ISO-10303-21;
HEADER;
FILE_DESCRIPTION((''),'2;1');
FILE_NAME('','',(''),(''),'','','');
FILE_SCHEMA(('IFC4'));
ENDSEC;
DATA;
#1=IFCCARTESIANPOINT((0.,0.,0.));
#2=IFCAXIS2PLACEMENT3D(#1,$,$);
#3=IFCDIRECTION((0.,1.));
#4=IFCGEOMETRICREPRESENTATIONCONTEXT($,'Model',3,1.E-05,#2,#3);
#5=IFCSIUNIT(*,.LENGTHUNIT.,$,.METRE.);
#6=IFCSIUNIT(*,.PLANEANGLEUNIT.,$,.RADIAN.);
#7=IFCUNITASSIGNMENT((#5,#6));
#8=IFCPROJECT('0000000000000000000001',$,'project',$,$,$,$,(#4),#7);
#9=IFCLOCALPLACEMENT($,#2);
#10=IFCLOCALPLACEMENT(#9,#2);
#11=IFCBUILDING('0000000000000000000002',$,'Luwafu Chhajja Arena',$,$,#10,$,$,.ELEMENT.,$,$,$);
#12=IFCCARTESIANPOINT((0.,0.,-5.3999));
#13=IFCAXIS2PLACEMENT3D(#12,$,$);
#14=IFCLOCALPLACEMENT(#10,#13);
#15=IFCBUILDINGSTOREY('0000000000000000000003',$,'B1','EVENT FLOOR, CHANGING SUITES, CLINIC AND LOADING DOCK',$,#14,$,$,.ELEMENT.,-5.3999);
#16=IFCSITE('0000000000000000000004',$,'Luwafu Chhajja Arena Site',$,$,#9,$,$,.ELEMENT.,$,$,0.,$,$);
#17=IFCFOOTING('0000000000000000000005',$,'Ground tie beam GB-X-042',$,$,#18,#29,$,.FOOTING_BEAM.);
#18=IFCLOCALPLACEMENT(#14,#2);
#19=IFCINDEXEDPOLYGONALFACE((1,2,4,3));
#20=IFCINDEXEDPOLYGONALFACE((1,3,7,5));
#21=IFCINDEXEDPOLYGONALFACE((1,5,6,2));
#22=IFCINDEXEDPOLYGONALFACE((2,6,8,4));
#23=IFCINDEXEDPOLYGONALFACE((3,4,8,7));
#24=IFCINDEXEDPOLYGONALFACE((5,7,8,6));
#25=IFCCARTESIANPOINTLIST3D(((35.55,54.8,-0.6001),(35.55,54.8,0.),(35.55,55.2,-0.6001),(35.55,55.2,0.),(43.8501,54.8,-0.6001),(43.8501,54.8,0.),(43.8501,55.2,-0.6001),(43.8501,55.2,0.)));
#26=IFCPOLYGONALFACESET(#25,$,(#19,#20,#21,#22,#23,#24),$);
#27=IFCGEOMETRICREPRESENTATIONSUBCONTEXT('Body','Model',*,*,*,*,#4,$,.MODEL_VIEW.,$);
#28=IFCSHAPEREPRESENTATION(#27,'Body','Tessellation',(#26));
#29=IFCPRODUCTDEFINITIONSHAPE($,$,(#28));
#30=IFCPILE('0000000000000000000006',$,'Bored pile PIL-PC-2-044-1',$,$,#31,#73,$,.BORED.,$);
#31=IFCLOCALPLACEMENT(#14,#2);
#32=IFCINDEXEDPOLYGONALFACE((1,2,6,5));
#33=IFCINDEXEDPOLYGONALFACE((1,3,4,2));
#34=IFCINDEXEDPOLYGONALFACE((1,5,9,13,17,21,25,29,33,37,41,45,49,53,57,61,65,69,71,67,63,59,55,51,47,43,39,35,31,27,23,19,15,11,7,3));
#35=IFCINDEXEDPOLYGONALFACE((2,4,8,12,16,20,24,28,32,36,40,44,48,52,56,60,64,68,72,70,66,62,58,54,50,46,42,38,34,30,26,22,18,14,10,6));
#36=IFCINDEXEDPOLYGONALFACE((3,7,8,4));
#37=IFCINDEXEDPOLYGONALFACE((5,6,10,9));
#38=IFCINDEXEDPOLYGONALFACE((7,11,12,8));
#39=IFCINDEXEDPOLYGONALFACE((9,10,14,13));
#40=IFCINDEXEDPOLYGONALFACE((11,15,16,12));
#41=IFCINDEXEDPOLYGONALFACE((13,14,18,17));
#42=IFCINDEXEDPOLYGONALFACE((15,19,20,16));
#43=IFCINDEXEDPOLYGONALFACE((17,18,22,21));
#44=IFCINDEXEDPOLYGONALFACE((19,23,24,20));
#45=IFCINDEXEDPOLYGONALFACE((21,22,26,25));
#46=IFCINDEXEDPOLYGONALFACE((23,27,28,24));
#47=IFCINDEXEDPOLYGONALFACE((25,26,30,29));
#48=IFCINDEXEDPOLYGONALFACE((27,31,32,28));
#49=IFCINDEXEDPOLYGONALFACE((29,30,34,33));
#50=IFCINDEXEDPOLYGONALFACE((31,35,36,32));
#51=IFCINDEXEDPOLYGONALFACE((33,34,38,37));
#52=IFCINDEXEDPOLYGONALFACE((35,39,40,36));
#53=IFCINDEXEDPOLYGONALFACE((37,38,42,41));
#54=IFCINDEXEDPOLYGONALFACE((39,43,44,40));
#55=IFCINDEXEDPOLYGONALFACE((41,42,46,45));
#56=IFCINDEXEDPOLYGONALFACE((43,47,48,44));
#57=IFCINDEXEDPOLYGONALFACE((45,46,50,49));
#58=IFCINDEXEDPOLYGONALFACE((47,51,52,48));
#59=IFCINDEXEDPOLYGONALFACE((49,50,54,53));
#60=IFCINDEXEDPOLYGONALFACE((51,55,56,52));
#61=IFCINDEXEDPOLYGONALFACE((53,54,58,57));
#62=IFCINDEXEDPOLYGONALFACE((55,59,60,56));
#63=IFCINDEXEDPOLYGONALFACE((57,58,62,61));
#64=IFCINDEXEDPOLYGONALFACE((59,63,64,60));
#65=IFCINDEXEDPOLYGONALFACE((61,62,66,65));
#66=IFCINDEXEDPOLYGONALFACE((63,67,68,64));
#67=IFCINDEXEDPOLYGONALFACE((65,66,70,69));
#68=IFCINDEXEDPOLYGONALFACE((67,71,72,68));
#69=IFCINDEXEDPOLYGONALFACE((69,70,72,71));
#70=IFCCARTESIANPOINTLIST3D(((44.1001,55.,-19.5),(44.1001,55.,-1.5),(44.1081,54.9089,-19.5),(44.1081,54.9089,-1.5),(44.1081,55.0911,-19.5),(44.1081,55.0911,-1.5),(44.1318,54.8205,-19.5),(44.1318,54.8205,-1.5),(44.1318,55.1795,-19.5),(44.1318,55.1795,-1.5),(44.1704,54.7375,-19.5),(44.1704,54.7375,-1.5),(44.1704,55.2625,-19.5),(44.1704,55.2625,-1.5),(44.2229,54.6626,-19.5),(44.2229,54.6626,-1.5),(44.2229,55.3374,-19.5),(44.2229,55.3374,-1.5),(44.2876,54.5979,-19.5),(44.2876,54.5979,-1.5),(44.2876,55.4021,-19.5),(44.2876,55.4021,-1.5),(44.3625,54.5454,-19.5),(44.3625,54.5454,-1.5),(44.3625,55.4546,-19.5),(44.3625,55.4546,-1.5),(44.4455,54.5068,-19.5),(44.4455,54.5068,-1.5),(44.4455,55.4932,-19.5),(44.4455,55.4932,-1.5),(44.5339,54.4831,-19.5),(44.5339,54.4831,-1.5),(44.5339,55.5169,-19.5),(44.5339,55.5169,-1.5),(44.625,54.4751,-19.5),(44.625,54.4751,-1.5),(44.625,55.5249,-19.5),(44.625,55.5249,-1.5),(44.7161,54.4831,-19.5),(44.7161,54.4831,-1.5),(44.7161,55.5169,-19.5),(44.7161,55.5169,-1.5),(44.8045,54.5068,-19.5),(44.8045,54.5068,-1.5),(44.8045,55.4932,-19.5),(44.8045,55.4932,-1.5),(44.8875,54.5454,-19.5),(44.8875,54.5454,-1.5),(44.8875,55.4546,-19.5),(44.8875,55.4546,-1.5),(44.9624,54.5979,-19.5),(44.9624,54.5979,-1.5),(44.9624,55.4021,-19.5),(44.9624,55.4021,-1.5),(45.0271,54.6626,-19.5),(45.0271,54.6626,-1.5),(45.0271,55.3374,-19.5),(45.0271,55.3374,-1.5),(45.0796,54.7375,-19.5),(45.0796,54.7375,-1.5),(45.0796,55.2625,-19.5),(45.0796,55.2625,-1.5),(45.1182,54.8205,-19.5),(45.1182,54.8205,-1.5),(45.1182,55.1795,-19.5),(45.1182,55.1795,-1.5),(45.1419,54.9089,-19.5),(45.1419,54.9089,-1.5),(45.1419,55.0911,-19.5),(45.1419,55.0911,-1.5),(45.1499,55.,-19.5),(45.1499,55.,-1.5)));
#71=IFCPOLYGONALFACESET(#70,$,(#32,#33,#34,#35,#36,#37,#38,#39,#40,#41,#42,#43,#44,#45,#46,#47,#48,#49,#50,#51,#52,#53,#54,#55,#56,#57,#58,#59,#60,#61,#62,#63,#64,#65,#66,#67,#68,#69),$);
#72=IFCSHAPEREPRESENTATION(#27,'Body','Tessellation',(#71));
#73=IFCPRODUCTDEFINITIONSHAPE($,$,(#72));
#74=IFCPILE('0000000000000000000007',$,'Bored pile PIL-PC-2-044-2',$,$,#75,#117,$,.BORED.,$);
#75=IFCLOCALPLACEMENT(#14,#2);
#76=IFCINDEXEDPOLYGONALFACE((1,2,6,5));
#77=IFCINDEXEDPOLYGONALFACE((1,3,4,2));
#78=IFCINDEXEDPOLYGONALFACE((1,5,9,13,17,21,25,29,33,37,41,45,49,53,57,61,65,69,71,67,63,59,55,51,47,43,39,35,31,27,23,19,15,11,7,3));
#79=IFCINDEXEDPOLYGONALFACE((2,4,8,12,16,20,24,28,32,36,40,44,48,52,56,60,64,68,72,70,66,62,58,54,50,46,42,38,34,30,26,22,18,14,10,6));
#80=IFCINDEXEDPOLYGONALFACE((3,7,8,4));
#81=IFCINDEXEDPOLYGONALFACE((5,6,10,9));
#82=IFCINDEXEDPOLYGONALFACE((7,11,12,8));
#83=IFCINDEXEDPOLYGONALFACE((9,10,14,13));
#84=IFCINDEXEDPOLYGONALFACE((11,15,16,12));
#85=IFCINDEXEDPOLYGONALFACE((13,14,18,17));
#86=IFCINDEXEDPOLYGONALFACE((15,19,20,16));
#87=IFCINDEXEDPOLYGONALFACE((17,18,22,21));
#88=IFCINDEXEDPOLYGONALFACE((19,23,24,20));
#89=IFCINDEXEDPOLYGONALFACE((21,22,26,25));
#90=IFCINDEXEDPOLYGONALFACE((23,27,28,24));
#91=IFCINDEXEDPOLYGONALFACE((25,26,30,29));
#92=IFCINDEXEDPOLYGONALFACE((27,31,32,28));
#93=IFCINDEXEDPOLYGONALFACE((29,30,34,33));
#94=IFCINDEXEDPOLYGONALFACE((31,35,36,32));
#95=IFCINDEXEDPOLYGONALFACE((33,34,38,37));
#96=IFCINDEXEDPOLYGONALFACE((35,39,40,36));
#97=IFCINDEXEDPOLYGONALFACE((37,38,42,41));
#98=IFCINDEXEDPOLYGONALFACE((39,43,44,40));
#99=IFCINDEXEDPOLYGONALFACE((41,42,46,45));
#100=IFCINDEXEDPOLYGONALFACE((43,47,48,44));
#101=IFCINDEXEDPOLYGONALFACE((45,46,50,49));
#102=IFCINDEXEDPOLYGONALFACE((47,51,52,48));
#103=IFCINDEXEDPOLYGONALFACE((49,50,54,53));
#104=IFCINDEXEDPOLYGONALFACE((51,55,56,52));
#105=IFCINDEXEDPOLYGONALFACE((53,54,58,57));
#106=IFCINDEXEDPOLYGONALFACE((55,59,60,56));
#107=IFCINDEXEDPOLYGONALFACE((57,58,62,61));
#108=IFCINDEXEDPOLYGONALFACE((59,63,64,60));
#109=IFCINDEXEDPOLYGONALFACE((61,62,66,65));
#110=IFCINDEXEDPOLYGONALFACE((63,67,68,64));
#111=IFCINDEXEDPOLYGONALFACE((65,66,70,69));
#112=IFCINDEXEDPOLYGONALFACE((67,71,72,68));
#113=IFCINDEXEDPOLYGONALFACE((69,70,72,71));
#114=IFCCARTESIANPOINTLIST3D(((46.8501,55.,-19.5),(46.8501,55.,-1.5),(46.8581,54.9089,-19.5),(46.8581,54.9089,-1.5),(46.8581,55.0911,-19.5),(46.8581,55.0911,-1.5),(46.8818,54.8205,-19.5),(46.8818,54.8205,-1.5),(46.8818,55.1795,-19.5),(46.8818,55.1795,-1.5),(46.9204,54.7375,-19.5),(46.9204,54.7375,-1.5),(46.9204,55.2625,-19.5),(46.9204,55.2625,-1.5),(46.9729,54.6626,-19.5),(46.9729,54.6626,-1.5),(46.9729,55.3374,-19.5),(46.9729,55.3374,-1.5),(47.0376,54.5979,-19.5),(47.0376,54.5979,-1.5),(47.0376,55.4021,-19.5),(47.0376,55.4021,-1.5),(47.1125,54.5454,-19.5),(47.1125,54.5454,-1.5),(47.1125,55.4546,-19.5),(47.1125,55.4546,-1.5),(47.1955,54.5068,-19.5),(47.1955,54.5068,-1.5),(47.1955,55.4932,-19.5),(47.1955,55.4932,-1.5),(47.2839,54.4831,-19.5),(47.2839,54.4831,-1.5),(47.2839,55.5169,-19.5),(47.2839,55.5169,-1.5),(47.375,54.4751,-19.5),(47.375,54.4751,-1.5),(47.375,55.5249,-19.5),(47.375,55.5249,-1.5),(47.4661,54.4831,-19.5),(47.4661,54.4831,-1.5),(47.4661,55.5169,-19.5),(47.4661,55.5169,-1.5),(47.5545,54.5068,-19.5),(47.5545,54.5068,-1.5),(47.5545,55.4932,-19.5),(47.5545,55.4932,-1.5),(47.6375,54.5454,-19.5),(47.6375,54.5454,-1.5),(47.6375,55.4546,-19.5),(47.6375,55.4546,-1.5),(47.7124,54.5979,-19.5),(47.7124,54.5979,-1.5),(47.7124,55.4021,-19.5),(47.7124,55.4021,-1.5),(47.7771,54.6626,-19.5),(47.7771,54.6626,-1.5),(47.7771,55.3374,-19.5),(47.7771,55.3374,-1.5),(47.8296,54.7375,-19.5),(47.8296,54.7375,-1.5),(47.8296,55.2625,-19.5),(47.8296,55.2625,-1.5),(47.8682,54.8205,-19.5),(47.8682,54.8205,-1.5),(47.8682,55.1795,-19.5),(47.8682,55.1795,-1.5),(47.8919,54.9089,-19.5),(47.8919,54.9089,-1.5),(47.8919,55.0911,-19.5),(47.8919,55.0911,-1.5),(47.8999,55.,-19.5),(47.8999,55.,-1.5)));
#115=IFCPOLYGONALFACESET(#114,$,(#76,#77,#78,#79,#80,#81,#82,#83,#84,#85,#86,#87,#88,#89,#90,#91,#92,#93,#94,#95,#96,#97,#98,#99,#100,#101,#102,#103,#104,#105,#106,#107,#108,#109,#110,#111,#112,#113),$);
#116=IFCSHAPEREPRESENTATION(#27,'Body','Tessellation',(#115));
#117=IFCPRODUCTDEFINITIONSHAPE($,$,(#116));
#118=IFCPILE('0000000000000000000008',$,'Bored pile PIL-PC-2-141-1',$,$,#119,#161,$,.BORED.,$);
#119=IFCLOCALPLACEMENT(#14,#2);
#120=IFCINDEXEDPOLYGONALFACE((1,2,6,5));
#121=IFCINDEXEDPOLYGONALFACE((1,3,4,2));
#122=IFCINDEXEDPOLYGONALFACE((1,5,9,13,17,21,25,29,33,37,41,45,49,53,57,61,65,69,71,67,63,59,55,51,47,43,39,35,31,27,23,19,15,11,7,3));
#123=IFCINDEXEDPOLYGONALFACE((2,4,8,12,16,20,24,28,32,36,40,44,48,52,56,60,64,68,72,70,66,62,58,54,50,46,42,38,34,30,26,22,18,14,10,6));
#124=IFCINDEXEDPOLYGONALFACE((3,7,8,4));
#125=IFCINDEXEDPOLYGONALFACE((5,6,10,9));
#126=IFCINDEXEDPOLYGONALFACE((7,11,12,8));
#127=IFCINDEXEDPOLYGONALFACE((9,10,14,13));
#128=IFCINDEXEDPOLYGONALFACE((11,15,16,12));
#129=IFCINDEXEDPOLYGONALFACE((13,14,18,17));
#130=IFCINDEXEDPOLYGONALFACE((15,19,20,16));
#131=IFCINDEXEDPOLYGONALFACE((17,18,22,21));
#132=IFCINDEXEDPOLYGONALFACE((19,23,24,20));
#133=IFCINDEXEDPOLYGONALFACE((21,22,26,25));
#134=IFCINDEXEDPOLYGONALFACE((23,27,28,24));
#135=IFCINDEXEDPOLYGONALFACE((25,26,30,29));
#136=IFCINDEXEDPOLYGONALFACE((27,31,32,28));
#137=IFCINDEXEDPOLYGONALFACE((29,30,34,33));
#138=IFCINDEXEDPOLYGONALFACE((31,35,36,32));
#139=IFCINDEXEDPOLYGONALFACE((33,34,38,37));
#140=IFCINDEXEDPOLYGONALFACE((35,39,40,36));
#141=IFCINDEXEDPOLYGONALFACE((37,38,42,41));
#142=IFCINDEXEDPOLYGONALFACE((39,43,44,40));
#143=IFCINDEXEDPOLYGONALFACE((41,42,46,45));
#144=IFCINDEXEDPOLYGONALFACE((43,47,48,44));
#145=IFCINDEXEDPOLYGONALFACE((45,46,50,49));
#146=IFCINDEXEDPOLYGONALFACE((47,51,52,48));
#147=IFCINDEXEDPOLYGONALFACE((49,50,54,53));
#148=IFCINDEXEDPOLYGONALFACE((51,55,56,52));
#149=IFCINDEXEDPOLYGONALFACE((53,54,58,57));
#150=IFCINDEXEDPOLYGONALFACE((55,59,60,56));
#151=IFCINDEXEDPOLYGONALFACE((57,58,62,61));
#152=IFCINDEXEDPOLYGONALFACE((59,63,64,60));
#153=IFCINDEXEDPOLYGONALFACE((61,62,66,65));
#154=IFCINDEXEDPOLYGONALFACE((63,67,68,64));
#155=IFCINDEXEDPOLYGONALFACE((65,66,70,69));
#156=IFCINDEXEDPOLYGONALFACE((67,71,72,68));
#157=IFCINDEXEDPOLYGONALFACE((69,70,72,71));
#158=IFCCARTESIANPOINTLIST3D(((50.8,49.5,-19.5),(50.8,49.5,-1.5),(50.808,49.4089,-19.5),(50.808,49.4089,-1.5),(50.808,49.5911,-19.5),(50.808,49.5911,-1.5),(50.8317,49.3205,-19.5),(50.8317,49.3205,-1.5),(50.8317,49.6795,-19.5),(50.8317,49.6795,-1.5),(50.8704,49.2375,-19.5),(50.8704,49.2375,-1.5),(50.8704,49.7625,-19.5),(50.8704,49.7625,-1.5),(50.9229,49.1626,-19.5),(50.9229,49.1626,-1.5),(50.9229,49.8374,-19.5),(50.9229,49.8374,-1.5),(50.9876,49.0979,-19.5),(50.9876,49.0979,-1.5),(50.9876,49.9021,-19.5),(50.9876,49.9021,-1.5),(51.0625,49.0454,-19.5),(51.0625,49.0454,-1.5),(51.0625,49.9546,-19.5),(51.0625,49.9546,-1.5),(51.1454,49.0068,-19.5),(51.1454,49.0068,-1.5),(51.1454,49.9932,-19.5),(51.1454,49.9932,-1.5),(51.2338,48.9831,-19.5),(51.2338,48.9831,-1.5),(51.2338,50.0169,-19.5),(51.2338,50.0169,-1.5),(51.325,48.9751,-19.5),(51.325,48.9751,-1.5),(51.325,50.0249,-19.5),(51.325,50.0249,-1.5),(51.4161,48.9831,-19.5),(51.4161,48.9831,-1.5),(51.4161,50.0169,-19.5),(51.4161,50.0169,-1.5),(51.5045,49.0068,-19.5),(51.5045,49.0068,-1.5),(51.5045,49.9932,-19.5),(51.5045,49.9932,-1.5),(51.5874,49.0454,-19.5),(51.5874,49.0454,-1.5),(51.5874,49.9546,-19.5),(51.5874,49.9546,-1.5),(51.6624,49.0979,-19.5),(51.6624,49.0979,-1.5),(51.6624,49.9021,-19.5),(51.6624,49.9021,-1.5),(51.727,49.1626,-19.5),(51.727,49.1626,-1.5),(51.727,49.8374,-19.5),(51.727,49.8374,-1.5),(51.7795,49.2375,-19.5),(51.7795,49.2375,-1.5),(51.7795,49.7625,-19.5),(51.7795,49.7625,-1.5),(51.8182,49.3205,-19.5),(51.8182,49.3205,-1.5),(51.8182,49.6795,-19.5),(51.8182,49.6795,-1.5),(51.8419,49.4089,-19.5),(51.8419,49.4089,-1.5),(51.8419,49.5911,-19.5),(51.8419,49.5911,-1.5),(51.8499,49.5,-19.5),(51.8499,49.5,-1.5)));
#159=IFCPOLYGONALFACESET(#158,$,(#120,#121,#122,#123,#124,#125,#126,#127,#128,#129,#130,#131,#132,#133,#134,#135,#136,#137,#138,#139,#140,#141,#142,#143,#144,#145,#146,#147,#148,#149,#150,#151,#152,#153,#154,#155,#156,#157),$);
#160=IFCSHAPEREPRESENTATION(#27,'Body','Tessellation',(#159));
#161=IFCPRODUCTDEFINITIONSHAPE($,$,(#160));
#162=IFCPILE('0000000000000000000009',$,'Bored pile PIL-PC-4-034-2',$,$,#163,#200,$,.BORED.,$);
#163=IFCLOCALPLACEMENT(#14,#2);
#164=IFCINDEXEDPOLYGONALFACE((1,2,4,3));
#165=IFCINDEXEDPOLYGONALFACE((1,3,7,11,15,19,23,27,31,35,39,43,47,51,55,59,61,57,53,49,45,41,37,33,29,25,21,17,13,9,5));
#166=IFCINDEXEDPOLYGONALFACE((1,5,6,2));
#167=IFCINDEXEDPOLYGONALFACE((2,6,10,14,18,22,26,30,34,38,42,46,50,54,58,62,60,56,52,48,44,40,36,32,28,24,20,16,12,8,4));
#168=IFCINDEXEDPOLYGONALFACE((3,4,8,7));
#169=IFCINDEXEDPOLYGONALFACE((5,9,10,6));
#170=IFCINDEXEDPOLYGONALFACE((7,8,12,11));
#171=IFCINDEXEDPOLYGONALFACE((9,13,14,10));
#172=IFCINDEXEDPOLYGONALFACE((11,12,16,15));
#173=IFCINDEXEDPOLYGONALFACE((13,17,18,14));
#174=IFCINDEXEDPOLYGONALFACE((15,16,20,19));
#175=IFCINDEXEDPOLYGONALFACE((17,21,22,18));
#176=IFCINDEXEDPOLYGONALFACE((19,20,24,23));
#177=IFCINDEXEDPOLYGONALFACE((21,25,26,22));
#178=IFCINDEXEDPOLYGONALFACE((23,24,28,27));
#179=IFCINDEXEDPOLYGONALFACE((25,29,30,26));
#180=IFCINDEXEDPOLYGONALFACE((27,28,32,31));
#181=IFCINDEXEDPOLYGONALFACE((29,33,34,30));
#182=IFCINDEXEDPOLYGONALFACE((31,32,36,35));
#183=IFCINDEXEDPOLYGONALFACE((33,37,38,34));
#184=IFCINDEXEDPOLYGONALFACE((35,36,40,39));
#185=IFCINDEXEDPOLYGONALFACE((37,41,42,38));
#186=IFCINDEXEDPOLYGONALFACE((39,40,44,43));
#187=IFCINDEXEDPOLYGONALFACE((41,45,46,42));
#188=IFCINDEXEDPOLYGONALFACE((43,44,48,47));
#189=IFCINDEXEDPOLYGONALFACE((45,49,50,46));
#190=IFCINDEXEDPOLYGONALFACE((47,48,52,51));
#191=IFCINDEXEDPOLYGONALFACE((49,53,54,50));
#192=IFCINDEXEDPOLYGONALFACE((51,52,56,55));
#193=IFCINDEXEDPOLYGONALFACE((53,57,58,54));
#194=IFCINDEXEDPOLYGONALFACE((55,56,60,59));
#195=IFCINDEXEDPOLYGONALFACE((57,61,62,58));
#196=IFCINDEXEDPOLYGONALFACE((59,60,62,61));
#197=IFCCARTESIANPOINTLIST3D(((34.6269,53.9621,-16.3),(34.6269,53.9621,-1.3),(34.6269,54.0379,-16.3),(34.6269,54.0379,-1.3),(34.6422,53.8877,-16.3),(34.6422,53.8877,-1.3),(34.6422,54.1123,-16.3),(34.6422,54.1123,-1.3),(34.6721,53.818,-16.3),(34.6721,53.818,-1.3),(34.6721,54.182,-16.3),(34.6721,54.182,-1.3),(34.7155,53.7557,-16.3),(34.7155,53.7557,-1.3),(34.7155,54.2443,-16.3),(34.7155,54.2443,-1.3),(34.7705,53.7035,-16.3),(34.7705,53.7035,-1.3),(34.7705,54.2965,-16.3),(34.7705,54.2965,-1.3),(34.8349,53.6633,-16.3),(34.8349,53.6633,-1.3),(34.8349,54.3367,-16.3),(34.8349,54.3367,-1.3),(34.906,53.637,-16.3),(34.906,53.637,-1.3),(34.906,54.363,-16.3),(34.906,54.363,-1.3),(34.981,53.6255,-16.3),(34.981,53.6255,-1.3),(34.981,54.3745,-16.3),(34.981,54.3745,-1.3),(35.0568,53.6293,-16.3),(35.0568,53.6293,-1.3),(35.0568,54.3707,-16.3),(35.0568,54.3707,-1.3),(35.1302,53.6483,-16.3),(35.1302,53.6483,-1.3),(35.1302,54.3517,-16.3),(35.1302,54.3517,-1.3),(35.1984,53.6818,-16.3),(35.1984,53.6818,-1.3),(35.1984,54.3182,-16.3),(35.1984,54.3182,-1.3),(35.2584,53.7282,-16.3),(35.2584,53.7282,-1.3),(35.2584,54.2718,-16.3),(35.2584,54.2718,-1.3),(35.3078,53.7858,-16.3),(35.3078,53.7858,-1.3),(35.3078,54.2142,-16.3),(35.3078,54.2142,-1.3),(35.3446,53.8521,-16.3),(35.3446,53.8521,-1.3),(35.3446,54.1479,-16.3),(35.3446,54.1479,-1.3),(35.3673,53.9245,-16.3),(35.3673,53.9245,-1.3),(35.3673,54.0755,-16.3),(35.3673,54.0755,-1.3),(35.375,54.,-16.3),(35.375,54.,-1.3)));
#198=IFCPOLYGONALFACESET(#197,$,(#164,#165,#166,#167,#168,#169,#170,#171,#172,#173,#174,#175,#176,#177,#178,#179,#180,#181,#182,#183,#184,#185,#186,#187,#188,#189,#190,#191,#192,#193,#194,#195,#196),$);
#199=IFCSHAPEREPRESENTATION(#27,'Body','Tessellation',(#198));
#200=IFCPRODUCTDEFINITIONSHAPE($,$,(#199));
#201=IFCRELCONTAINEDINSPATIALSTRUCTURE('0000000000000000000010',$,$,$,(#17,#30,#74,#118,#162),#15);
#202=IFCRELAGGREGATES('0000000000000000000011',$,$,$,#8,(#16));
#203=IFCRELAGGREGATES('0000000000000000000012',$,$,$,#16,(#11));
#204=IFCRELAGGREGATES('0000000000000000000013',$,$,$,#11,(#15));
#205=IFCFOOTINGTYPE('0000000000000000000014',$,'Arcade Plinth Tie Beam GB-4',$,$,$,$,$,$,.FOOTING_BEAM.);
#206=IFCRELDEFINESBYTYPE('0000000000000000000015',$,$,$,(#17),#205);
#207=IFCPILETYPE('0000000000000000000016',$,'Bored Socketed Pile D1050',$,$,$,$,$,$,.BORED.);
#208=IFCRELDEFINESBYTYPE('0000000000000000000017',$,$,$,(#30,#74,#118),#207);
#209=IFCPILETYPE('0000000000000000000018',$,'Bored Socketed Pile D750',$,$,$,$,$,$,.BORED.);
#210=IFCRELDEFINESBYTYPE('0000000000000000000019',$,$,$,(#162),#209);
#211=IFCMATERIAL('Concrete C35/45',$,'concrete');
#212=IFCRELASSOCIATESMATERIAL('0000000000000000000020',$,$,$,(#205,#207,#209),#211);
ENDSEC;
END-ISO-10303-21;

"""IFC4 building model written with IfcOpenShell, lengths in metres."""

from ifc_helpers import new_model, si_unit, direction, frame, origin, origin_2d, place, context, subcontext, project, spatial, rectangle, circle, extrude, material, material_profile, profile_set, type_object, element, save


model = new_model("IFC4")

# Units and contexts
model_context = context("Model", 3, precision=1e-05, world=origin(), true_north=direction((0.0, 1.0)))
body_context = subcontext(model_context, "Body", "Model", "MODEL_VIEW")
ifc_project = project(units=[si_unit("LENGTHUNIT", "METRE"), si_unit("PLANEANGLEUNIT", "RADIAN")], contexts=[model_context])

# Site, building, storey
site_placement = place(None, origin())
site = spatial("IfcSite", under=ifc_project, at=site_placement, Name="Luwafu Chhajja Arena Site", CompositionType="ELEMENT", RefElevation=0.0)
building_placement = place(site_placement, origin())
building = spatial("IfcBuilding", under=site, at=building_placement, Name="Luwafu Chhajja Arena", CompositionType="ELEMENT")
storey_placement = place(building_placement, frame((0.0, 0.0, -5.3999)))
storey = spatial("IfcBuildingStorey", under=building, at=storey_placement, Name="B1", Description="EVENT FLOOR, CHANGING SUITES, CLINIC AND LOADING DOCK", CompositionType="ELEMENT", Elevation=-5.3999)

# Footing
ifc_material_1 = material(Name="Concrete C35/45", Category="concrete")
ifc_material_profile_1 = material_profile(ifc_material_1, rectangle(XDim=0.3999, YDim=0.6001, at=origin_2d()), Name="RC 400x600")
ifc_profile_set_1 = profile_set([ifc_material_profile_1], Name="Concrete C35/45")
footing_type_1 = type_object("IfcFootingType", Name="Arcade Plinth Tie Beam GB-4", PredefinedType="FOOTING_BEAM", material=ifc_profile_set_1)
footing_1_placement = place(storey_placement, frame((35.55, 55.0, -0.3), z_axis=(1.0, 0.0, 0.0), x_axis=(0.0, 1.0, 0.0)))
element("IfcFooting", 1, at=footing_1_placement, inside=storey, type_object=footing_type_1, Name="Ground tie beam GB-X-042", PredefinedType="FOOTING_BEAM", context=body_context, shape_type="SweptSolid", body=[
    extrude(rectangle(XDim=0.3999, YDim=0.6001, at=origin_2d()), origin(), (0.0, 0.0, 1.0), 8.3),
])

# Piles
ifc_material_profile_2 = material_profile(ifc_material_1, circle(Radius=0.5249, at=origin_2d()), Name="PILE D1050")
ifc_profile_set_2 = profile_set([ifc_material_profile_2], Name="Concrete C35/45")
pile_type_1 = type_object("IfcPileType", Name="Bored Socketed Pile D1050", PredefinedType="BORED", material=ifc_profile_set_2)
for number, where, z_axis, x_axis, name in (
    (2, (44.625, 55.0, -1.5), (0.0, 0.0, -1.0), (1.0, 0.0, 0.0), "Bored pile PIL-PC-2-044-1"),
    (3, (47.375, 55.0, -1.5), (0.0, 0.0, -1.0), (1.0, 0.0, 0.0), "Bored pile PIL-PC-2-044-2"),
    (4, (51.325, 49.5, -1.5), (0.0, 0.0, -1.0), (1.0, 0.0, 0.0), "Bored pile PIL-PC-2-141-1"),
):
    element("IfcPile", number, at=place(storey_placement, frame(where, z_axis=z_axis, x_axis=x_axis)), inside=storey, type_object=pile_type_1, Name=name, PredefinedType="BORED", context=body_context, shape_type="SweptSolid", body=[
        extrude(circle(Radius=0.5249, at=origin_2d()), origin(), (0.0, 0.0, 1.0), 18.0),
    ])
ifc_material_profile_3 = material_profile(ifc_material_1, circle(Radius=0.375, at=origin_2d()), Name="PILE D750")
ifc_profile_set_3 = profile_set([ifc_material_profile_3], Name="Concrete C35/45")
pile_type_2 = type_object("IfcPileType", Name="Bored Socketed Pile D750", PredefinedType="BORED", material=ifc_profile_set_3)
for number, where, z_axis, x_axis, name in (
    (5, (35.0, 54.0, -1.3), (0.0, 0.0, -1.0), (1.0, 0.0, 0.0), "Bored pile PIL-PC-4-034-2"),
):
    element("IfcPile", number, at=place(storey_placement, frame(where, z_axis=z_axis, x_axis=x_axis)), inside=storey, type_object=pile_type_2, Name=name, PredefinedType="BORED", context=body_context, shape_type="SweptSolid", body=[
        extrude(circle(Radius=0.375, at=origin_2d()), origin(), (0.0, 0.0, 1.0), 15.0),
    ])

save(model, "model.ifc")
